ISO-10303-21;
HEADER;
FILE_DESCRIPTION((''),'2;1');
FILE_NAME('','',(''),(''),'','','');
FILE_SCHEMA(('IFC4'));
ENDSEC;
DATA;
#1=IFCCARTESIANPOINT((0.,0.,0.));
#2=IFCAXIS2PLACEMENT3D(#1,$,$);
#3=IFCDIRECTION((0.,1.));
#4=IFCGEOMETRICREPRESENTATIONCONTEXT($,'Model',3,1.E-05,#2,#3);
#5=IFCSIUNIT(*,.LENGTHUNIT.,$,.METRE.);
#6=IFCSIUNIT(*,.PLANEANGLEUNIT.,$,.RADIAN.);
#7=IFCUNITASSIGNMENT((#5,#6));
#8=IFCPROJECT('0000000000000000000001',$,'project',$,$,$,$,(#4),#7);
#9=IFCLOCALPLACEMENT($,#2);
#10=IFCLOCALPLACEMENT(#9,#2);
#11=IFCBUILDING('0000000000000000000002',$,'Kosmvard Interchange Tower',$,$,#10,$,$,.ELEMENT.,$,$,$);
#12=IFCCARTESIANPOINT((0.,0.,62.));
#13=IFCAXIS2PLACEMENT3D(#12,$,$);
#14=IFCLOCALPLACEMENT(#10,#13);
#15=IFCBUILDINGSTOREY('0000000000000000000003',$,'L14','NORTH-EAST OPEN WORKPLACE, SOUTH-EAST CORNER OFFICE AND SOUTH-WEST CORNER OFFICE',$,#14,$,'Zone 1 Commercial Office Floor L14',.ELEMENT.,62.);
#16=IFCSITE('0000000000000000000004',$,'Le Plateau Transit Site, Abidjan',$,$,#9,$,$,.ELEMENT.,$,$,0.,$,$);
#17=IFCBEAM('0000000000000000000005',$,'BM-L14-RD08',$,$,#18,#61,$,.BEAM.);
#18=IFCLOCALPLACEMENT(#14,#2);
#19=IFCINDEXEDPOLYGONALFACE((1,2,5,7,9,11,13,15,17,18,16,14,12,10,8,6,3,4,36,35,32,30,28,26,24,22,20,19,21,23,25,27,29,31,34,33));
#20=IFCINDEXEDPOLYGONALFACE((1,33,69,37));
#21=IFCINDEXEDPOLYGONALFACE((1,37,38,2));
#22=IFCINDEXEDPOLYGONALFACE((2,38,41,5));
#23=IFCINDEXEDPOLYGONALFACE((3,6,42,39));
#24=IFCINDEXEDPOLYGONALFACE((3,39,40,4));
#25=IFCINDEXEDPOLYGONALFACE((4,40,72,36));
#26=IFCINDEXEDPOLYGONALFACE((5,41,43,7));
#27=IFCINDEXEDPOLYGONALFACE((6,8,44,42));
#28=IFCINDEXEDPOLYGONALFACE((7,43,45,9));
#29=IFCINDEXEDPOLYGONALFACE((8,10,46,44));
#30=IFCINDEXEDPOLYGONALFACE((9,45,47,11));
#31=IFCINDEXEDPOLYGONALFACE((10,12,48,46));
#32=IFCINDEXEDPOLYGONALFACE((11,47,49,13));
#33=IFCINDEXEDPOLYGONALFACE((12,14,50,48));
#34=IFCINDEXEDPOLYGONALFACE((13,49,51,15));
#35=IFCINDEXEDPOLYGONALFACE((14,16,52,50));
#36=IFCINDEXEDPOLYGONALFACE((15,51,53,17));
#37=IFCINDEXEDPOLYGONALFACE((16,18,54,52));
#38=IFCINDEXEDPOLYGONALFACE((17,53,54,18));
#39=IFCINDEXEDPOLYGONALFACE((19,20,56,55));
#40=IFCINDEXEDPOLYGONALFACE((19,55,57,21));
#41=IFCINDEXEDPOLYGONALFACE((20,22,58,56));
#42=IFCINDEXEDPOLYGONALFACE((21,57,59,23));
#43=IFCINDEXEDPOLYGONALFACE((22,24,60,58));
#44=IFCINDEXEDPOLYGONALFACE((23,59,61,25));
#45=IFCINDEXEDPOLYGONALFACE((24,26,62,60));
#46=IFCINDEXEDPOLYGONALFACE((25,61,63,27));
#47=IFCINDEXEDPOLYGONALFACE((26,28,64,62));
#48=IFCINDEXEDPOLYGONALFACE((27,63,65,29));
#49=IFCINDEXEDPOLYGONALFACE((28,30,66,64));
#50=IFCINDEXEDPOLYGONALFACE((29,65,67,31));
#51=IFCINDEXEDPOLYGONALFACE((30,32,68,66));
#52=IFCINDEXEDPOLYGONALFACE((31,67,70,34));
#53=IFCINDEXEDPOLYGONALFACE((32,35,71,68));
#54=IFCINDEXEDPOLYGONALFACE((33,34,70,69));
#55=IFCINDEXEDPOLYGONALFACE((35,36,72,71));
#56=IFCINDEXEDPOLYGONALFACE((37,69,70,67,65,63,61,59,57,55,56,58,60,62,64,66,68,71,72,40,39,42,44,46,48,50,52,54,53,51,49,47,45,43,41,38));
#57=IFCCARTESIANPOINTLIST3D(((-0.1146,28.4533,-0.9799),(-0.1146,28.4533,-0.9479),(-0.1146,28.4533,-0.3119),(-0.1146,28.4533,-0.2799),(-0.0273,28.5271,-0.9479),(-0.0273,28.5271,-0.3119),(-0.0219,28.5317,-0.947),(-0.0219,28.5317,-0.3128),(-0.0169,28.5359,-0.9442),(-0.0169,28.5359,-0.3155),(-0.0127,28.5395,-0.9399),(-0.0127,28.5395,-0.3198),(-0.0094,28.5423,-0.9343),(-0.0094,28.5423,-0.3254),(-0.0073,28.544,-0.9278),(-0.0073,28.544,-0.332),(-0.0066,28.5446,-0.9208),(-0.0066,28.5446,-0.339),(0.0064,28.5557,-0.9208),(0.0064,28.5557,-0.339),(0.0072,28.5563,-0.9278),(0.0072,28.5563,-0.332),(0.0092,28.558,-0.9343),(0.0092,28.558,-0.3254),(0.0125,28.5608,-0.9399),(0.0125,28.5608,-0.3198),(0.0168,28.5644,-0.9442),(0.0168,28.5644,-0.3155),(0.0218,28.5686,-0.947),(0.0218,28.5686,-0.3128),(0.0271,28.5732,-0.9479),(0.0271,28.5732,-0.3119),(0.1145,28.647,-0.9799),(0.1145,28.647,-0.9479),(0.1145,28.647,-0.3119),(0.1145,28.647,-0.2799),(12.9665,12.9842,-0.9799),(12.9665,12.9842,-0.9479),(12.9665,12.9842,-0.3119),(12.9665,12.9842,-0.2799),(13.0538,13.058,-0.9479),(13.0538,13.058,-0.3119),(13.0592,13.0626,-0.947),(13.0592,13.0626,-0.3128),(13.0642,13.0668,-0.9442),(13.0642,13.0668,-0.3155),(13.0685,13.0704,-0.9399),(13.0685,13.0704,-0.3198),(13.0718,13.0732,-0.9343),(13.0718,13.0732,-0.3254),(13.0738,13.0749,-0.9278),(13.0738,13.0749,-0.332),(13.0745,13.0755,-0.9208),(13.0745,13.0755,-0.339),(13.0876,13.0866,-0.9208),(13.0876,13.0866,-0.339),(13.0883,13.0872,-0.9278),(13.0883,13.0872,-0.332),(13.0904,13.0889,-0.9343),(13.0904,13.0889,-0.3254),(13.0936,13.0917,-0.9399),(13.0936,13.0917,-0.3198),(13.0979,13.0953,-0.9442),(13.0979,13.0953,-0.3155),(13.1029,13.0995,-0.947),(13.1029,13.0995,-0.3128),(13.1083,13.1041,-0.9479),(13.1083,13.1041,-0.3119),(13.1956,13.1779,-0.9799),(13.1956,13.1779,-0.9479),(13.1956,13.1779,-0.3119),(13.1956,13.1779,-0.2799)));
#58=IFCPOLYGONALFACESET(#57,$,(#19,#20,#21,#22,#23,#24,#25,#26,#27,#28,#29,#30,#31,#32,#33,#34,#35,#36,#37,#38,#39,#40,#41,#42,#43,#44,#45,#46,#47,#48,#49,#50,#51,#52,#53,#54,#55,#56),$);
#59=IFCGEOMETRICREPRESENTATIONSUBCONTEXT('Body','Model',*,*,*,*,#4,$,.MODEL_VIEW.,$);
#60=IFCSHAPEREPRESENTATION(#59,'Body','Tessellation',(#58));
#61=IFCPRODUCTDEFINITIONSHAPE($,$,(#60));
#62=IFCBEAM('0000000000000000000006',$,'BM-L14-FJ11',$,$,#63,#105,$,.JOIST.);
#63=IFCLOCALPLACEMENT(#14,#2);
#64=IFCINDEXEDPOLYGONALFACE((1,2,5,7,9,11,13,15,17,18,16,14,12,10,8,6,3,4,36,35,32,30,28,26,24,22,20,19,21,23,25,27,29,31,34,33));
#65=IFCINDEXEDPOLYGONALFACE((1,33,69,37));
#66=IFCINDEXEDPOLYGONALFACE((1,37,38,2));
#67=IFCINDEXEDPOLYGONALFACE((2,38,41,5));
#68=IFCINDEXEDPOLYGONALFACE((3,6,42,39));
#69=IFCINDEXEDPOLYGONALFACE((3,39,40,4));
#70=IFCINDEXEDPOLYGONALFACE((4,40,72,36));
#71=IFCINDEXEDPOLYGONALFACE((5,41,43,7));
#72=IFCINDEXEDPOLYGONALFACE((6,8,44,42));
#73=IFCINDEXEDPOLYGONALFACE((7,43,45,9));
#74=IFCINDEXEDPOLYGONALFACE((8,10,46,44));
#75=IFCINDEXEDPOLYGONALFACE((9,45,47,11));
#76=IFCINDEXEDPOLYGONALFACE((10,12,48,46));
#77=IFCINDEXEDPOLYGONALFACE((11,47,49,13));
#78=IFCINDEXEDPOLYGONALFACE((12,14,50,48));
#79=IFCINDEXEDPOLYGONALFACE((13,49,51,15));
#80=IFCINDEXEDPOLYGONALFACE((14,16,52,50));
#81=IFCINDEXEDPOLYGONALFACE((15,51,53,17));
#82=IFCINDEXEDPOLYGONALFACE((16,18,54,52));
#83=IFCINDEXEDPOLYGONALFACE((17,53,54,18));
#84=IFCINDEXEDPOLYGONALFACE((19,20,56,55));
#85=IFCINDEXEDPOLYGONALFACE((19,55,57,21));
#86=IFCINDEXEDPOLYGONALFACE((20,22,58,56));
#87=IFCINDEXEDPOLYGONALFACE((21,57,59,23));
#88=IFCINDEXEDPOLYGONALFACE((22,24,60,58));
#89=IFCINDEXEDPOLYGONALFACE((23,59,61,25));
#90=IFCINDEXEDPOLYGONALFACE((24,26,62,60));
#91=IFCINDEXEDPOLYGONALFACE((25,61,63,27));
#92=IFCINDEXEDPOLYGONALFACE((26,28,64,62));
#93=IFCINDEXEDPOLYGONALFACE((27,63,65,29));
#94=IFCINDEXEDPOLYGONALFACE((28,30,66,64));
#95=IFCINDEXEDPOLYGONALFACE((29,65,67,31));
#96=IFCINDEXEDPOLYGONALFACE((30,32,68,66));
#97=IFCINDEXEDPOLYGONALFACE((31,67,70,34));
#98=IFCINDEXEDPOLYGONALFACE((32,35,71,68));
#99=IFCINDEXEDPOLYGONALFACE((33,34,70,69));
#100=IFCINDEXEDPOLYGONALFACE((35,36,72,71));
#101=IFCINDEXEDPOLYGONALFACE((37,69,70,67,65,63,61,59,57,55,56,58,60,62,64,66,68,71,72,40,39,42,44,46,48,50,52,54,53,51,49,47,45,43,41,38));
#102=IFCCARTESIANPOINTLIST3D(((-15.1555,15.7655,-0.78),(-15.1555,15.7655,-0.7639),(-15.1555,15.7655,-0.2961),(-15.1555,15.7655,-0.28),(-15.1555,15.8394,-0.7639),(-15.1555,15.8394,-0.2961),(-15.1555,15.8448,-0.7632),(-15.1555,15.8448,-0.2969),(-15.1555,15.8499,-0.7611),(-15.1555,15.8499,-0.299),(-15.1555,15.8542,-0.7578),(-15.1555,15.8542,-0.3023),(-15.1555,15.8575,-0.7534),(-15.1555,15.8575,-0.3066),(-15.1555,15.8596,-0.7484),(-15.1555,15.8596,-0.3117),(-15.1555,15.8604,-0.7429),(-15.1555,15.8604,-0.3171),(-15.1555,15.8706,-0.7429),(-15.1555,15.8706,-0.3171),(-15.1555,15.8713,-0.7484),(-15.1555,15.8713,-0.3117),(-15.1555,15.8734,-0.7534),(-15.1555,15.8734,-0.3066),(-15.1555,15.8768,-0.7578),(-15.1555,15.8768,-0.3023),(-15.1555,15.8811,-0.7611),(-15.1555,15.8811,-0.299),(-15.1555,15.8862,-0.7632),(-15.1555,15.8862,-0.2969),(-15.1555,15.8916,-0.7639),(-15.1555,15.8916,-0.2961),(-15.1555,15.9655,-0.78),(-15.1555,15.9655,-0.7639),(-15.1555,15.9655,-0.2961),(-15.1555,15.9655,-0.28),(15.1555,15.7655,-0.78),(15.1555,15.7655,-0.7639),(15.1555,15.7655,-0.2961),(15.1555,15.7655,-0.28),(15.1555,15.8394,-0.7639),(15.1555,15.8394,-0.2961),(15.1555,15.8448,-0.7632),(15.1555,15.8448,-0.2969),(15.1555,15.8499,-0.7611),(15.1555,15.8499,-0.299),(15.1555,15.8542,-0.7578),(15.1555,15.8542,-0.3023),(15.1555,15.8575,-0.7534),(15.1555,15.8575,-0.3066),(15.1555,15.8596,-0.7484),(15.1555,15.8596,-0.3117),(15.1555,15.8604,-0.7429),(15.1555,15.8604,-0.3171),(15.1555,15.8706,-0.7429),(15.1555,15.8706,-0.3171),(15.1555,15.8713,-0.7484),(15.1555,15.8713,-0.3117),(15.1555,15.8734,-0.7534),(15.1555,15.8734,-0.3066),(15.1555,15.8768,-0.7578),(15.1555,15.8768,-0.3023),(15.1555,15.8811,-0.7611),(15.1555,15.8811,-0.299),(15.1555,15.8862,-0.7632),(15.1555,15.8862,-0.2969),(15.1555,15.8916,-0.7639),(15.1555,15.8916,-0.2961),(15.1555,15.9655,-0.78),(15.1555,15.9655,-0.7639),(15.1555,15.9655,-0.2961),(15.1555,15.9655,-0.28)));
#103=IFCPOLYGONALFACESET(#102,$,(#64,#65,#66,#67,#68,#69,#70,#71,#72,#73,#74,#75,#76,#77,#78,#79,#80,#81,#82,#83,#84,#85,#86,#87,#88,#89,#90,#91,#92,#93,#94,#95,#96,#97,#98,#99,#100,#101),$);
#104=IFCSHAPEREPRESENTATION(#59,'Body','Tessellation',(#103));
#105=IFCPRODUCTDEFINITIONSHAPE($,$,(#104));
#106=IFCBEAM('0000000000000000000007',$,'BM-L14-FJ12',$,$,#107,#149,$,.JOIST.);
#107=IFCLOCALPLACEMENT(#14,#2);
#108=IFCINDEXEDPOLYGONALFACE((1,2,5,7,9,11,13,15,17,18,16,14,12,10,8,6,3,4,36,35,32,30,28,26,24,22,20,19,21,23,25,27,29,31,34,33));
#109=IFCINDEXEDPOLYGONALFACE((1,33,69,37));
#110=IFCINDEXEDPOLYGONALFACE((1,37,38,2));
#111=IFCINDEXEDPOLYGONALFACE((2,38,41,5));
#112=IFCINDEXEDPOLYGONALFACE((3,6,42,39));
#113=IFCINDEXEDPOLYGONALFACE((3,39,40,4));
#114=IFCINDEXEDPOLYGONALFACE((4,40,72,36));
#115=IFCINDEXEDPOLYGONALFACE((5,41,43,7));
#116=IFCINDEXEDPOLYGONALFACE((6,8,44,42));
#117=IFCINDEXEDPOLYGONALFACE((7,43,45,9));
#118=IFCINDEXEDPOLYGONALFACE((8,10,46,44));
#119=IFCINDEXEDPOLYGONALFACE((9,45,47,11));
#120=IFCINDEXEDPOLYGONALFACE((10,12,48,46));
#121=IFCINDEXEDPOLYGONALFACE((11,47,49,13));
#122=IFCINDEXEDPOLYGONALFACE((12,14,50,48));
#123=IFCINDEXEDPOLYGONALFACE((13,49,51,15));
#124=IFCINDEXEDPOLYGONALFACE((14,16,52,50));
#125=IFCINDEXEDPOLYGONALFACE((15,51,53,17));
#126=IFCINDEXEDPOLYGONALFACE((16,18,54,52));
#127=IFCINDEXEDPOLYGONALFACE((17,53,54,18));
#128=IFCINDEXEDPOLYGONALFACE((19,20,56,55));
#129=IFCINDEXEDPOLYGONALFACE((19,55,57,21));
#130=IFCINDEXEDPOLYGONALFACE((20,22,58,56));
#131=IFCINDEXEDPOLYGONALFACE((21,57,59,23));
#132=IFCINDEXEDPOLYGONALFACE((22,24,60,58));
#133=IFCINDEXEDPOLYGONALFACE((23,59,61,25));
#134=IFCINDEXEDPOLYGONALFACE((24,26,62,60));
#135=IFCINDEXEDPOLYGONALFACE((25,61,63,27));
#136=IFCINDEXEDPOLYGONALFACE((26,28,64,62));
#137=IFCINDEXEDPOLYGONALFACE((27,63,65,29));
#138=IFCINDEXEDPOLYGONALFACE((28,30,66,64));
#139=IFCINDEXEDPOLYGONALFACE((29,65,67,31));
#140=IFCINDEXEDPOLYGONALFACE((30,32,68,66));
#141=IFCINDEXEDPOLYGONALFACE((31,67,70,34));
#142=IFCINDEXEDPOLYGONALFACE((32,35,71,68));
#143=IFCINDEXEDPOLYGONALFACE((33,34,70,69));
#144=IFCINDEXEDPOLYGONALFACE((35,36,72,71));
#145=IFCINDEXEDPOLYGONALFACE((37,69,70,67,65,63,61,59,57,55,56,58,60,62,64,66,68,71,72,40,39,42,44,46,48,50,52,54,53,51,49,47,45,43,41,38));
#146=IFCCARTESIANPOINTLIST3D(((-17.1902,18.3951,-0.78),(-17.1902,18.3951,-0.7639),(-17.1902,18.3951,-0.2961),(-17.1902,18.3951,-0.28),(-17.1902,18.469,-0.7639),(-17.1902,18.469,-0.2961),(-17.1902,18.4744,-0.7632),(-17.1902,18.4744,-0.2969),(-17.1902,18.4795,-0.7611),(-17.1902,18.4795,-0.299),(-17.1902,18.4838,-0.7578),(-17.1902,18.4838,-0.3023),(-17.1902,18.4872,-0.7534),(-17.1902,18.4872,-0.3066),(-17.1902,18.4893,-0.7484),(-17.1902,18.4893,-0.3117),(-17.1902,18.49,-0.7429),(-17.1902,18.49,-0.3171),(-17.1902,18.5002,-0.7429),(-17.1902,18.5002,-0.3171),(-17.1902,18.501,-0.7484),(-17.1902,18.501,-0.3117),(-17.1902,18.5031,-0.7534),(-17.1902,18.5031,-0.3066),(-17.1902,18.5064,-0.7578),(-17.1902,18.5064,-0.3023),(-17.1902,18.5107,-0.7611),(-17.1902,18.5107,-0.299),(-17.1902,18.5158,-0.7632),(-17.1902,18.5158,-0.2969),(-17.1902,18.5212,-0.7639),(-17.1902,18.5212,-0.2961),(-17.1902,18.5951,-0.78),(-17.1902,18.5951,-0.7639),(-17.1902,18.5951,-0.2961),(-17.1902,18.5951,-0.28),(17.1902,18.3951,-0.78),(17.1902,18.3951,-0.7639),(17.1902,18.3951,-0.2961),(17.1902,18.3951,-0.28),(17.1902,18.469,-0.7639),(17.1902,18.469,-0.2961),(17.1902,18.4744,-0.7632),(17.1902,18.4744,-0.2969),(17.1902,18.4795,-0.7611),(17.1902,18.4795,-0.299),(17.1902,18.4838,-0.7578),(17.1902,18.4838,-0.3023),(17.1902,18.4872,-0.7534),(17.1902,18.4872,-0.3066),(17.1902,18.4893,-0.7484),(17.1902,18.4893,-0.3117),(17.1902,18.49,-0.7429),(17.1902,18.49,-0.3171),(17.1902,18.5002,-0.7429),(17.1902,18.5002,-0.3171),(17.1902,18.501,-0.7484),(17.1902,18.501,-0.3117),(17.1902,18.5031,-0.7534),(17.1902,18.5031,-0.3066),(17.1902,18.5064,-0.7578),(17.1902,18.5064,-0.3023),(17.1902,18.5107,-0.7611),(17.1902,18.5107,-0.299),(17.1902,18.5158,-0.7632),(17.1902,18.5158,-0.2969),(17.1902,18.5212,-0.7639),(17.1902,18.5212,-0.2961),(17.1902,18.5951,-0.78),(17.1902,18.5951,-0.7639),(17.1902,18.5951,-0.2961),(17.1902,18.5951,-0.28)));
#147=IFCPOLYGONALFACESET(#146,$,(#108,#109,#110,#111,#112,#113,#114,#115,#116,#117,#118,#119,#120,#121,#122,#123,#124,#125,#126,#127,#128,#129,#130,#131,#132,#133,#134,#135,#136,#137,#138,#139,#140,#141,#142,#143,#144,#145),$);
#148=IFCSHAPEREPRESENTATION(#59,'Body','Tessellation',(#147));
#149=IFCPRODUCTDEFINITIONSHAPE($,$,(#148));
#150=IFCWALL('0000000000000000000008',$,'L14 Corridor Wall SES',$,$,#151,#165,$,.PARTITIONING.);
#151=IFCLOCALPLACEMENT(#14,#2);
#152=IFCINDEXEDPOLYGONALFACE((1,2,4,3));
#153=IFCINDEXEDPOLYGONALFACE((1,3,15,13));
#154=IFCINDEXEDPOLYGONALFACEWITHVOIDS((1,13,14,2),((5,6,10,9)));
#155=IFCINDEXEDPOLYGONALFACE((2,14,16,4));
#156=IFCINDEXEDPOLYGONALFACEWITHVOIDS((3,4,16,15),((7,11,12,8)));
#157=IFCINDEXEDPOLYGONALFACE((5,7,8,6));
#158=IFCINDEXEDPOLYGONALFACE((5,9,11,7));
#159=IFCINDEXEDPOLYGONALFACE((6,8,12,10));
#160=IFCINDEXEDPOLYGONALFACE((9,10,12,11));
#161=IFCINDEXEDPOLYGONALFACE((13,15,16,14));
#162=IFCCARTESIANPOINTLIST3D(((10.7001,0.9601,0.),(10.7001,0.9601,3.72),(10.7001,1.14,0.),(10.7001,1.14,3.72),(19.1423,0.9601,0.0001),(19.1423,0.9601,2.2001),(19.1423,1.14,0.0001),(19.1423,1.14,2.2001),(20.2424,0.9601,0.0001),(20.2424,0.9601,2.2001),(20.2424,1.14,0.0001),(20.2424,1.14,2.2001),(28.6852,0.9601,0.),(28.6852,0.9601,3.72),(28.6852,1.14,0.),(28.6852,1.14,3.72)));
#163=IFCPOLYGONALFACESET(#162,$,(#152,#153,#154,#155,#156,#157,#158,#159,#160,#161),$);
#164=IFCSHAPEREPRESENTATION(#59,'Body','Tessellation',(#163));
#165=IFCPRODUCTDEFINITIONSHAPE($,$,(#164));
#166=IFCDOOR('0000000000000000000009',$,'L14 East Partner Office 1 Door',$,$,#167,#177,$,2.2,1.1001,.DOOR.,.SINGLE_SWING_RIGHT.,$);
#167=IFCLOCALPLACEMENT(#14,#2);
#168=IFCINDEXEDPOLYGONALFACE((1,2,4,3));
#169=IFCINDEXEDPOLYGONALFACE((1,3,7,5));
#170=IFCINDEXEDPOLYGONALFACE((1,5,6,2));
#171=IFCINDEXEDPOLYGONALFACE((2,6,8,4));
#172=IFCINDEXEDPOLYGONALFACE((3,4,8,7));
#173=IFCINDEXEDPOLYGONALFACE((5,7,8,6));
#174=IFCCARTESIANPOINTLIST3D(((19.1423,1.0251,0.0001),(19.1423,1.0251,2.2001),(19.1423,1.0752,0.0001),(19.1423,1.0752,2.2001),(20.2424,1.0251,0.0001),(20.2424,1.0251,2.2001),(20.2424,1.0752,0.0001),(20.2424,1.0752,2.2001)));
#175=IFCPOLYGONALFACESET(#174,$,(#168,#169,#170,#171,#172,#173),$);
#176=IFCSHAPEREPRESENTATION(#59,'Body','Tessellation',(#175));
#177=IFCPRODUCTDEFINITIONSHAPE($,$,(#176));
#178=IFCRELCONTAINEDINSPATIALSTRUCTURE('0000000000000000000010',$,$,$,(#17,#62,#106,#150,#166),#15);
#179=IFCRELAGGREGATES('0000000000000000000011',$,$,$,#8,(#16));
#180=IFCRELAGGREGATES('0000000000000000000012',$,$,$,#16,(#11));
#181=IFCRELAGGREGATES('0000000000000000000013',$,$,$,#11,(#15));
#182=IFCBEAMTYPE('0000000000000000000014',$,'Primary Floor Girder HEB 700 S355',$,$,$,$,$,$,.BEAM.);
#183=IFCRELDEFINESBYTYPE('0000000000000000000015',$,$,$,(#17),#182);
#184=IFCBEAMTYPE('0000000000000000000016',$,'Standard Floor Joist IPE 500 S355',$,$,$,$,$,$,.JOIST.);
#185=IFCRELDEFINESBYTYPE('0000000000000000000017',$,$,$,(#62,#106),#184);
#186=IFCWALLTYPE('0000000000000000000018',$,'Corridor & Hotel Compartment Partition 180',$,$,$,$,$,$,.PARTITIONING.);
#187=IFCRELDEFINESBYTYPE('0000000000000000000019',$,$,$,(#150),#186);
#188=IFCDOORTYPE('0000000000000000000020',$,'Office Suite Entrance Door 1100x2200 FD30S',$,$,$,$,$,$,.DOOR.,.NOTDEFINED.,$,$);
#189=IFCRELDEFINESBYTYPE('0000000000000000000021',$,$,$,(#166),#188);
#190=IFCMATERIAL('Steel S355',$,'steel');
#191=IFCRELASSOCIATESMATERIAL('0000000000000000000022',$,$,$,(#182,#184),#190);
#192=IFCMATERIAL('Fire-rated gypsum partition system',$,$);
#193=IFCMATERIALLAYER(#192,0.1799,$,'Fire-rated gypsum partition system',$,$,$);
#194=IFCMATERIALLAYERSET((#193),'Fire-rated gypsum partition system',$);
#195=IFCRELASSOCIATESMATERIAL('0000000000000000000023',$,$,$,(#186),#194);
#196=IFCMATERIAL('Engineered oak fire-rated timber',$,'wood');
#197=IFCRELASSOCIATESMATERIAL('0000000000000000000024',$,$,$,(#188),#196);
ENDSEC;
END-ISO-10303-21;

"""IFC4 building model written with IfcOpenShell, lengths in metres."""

from ifc_helpers import new_model, si_unit, direction, frame, frame_2d, origin, origin_2d, place, context, subcontext, project, spatial, rectangle, i_section, extrude, source, transform, mapped, material, layer, layer_set, material_profile, profile_set, type_object, element, fill, save


model = new_model("IFC4")

# Units and contexts
model_context = context("Model", 3, precision=1e-05, world=origin(), true_north=direction((0.0, 1.0)))
body_context = subcontext(model_context, "Body", "Model", "MODEL_VIEW")
ifc_project = project(units=[si_unit("LENGTHUNIT", "METRE"), si_unit("PLANEANGLEUNIT", "RADIAN")], contexts=[model_context])

# Site, building, storey
site_placement = place(None, origin())
site = spatial("IfcSite", under=ifc_project, at=site_placement, Name="Le Plateau Transit Site, Abidjan", CompositionType="ELEMENT", RefElevation=0.0)
building_placement = place(site_placement, origin())
building = spatial("IfcBuilding", under=site, at=building_placement, Name="Kosmvard Interchange Tower", CompositionType="ELEMENT")
storey_placement = place(building_placement, frame((0.0, 0.0, 62.0)))
storey = spatial("IfcBuildingStorey", under=building, at=storey_placement, Name="L14", Description="NORTH-EAST OPEN WORKPLACE, SOUTH-EAST CORNER OFFICE AND SOUTH-WEST CORNER OFFICE", LongName="Zone 1 Commercial Office Floor L14", CompositionType="ELEMENT", Elevation=62.0)

# Beams
ifc_material_1 = material(Name="Steel S355", Category="steel")
ifc_material_profile_1 = material_profile(ifc_material_1, i_section(OverallWidth=0.3, OverallDepth=0.7, WebThickness=0.0171, FlangeThickness=0.032, FilletRadius=0.0271, at=origin_2d()), Name="HEB 700")
ifc_profile_set_1 = profile_set([ifc_material_profile_1], Name="Steel S355")
beam_type_1 = type_object("IfcBeamType", Name="Primary Floor Girder HEB 700 S355", PredefinedType="BEAM", material=ifc_profile_set_1)
shared_shape_1 = source(origin(), body_context, "Body", "SweptSolid", [
    extrude(i_section(OverallWidth=0.3, OverallDepth=0.7, WebThickness=0.0171, FlangeThickness=0.032, FilletRadius=0.0271, at=origin_2d()), origin(), (0.0, 0.0, 1.0), 20.2585),
])
beam_1_placement = place(storey_placement, frame((13.0811, 13.0811, -0.6299), z_axis=(-0.645709, 0.763583, 0.0), x_axis=(-0.763583, -0.645709, 0.0)))
element("IfcBeam", 1, at=beam_1_placement, inside=storey, type_object=beam_type_1, Name="BM-L14-RD08", PredefinedType="BEAM", context=body_context, shape_type="MappedRepresentation", body=[
    mapped(shared_shape_1, transform((0.0, 0.0, 0.0), scale=1.0)),
])
ifc_material_profile_2 = material_profile(ifc_material_1, i_section(OverallWidth=0.2, OverallDepth=0.5, WebThickness=0.0103, FlangeThickness=0.0161, FilletRadius=0.021, at=origin_2d()), Name="IPE 500")
ifc_profile_set_2 = profile_set([ifc_material_profile_2], Name="Steel S355")
beam_type_2 = type_object("IfcBeamType", Name="Standard Floor Joist IPE 500 S355", PredefinedType="JOIST", material=ifc_profile_set_2)
shared_shape_2 = source(origin(), body_context, "Body", "SweptSolid", [
    extrude(i_section(OverallWidth=0.2, OverallDepth=0.5, WebThickness=0.0103, FlangeThickness=0.0161, FilletRadius=0.021, at=origin_2d()), origin(), (0.0, 0.0, 1.0), 30.311),
])
beam_2_placement = place(storey_placement, frame((15.1555, 15.8655, -0.53), z_axis=(-1.0, 0.0, 0.0), x_axis=(0.0, -1.0, 0.0)))
element("IfcBeam", 2, at=beam_2_placement, inside=storey, type_object=beam_type_2, Name="BM-L14-FJ11", PredefinedType="JOIST", context=body_context, shape_type="MappedRepresentation", body=[
    mapped(shared_shape_2, transform((0.0, 0.0, 0.0), scale=1.0)),
])
shared_shape_3 = source(origin(), body_context, "Body", "SweptSolid", [
    extrude(i_section(OverallWidth=0.2, OverallDepth=0.5, WebThickness=0.0103, FlangeThickness=0.0161, FilletRadius=0.021, at=origin_2d()), origin(), (0.0, 0.0, 1.0), 34.3804),
])
beam_3_placement = place(storey_placement, frame((17.1902, 18.4951, -0.53), z_axis=(-1.0, 0.0, 0.0), x_axis=(0.0, -1.0, 0.0)))
element("IfcBeam", 3, at=beam_3_placement, inside=storey, type_object=beam_type_2, Name="BM-L14-FJ12", PredefinedType="JOIST", context=body_context, shape_type="MappedRepresentation", body=[
    mapped(shared_shape_3, transform((0.0, 0.0, 0.0), scale=1.0)),
])

# Wall, opening, door
ifc_material_2 = material(Name="Fire-rated gypsum partition system")
ifc_layer_1 = layer(ifc_material_2, 0.1799, Name="Fire-rated gypsum partition system")
ifc_layer_set_1 = layer_set([ifc_layer_1], Name="Fire-rated gypsum partition system")
wall_type_1 = type_object("IfcWallType", Name="Corridor & Hotel Compartment Partition 180", PredefinedType="PARTITIONING", material=ifc_layer_set_1)
wall_1_placement = place(storey_placement, frame((10.7, 1.05, 0.0), z_axis=(0.0, 0.0, 1.0), x_axis=(1.0, 0.0, 0.0)))
wall_1 = element("IfcWall", 4, at=wall_1_placement, inside=storey, type_object=wall_type_1, Name="L14 Corridor Wall SES", PredefinedType="PARTITIONING", context=body_context, shape_type="SweptSolid", body=[
    extrude(rectangle(XDim=17.9851, YDim=0.1799, at=frame_2d((8.9927, 0.0))), origin(), (0.0, 0.0, 1.0), 3.72),
])
opening_1_placement = place(wall_1_placement, frame((8.4424, 0.0, 0.0)))
opening_1 = element("IfcOpeningElement", 5, at=opening_1_placement, cuts=wall_1, PredefinedType="OPENING", context=body_context, shape_type="SweptSolid", body=[
    extrude(rectangle(XDim=1.1001, YDim=2.2, at=frame_2d((0.55, 1.1001))), frame((0.0, 0.1001, 0.0), z_axis=(0.0, -1.0, 0.0), x_axis=(1.0, 0.0, 0.0)), (0.0, 0.0, 1.0), 0.2),
])
ifc_material_3 = material(Name="Engineered oak fire-rated timber", Category="wood")
door_type = type_object("IfcDoorType", Name="Office Suite Entrance Door 1100x2200 FD30S", OperationType="NOTDEFINED", PredefinedType="DOOR", material=ifc_material_3)
shared_shape_4 = source(origin(), body_context, "Body", "SweptSolid", [
    extrude(rectangle(XDim=1.1001, YDim=2.2, at=frame_2d((0.55, 1.1001))), frame((0.0, 0.0249, 0.0), z_axis=(0.0, -1.0, 0.0), x_axis=(1.0, 0.0, 0.0)), (0.0, 0.0, 1.0), 0.05),
])
door_1_placement = place(opening_1_placement, frame((1.1001, 0.0, 0.0), z_axis=(0.0, 0.0, 1.0), x_axis=(-1.0, 0.0, 0.0)))
door_1 = element("IfcDoor", 6, at=door_1_placement, inside=storey, type_object=door_type, Name="L14 East Partner Office 1 Door", OperationType="SINGLE_SWING_RIGHT", OverallHeight=2.2, OverallWidth=1.1001, PredefinedType="DOOR", context=body_context, shape_type="MappedRepresentation", body=[
    mapped(shared_shape_4, transform((0.0, 0.0, 0.0), scale=1.0)),
])
fill(opening_1, door_1)

save(model, "model.ifc")
